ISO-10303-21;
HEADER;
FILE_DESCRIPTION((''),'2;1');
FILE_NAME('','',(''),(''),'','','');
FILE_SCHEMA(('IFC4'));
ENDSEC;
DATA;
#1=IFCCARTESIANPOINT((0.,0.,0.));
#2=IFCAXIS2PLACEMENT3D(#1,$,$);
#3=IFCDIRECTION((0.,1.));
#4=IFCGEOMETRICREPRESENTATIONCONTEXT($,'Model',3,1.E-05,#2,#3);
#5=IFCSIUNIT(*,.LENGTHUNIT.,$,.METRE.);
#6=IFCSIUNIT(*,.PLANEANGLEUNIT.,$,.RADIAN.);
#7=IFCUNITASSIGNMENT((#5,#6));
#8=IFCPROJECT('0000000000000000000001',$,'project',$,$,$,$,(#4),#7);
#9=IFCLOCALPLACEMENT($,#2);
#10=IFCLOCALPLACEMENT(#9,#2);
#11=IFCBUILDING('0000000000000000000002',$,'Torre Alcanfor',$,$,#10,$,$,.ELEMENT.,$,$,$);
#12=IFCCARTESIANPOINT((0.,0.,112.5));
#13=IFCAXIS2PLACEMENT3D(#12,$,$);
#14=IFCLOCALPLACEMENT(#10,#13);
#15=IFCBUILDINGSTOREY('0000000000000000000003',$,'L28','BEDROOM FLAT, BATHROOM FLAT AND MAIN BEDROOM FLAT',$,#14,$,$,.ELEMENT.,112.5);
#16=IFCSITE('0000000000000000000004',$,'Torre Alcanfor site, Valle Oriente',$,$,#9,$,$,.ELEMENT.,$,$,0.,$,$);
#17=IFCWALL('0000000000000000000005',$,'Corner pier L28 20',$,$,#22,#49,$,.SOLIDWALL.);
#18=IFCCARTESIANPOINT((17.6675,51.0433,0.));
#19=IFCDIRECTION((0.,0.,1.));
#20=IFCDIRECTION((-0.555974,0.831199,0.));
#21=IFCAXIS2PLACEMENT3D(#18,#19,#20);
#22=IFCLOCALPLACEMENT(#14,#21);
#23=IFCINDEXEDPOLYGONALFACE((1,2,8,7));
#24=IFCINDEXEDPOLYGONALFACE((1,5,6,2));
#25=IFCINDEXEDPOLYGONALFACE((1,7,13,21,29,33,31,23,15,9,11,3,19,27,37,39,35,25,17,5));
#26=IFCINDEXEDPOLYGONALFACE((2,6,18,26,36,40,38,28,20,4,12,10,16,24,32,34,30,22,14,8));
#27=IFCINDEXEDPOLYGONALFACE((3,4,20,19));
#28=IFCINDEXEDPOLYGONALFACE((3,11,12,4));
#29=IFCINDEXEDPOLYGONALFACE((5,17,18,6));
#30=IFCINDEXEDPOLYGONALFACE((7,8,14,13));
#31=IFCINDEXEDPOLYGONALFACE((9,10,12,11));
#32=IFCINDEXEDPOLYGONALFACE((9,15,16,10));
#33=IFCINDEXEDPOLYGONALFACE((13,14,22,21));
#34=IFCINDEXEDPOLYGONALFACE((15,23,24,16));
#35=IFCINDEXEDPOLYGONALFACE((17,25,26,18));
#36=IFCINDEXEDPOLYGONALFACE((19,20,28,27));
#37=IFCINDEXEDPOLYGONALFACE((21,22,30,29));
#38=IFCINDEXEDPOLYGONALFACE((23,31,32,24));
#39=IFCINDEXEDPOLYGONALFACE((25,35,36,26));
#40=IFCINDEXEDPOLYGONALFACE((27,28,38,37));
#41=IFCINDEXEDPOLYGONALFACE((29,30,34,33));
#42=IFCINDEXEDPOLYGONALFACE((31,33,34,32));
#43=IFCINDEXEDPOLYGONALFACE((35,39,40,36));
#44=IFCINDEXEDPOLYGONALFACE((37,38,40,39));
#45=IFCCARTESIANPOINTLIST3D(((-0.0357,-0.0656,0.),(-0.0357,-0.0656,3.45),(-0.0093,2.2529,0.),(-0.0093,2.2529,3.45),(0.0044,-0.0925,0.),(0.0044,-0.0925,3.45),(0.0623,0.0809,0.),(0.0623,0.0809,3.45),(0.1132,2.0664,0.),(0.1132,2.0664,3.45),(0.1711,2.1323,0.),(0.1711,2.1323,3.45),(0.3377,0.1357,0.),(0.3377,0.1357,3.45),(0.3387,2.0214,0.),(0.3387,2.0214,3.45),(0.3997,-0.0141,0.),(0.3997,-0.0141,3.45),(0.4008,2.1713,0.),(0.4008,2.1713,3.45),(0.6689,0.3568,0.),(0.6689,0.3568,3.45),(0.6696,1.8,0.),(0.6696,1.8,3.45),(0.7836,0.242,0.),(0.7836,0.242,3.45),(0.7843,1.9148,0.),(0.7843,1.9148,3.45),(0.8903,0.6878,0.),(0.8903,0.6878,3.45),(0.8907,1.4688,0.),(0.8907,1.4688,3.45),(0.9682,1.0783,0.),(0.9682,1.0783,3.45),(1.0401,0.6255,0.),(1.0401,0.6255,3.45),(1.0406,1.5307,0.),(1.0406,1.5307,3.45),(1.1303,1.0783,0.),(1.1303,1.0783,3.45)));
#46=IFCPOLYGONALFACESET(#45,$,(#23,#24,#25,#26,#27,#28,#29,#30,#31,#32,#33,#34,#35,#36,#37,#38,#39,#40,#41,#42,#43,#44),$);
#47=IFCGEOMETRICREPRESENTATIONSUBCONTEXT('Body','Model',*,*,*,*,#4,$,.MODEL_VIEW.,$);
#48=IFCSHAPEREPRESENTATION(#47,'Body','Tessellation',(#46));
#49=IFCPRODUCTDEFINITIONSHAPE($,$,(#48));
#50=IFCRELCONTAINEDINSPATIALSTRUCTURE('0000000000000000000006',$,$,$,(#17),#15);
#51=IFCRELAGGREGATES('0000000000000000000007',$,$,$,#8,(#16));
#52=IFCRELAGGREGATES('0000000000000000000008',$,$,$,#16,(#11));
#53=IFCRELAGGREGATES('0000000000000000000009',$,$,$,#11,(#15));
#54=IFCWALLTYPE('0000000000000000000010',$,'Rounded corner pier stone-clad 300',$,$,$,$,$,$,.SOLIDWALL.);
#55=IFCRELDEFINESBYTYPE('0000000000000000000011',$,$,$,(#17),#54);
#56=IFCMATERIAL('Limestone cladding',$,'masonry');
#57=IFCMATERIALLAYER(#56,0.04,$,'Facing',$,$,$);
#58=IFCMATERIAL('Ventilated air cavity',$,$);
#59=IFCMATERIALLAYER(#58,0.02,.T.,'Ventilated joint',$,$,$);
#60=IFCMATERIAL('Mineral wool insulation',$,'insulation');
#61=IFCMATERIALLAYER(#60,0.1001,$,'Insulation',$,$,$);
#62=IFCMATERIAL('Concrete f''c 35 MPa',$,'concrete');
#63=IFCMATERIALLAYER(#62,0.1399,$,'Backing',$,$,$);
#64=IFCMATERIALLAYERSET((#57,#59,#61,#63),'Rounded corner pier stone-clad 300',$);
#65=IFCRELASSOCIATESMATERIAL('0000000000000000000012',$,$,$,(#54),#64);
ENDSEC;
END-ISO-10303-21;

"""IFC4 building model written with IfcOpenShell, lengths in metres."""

from ifc_helpers import new_model, si_unit, direction, frame, origin, place, context, subcontext, project, spatial, polyline, outline, extrude, material, layer, layer_set, type_object, element, save


model = new_model("IFC4")

# Units and contexts
model_context = context("Model", 3, precision=1e-05, world=origin(), true_north=direction((0.0, 1.0)))
body_context = subcontext(model_context, "Body", "Model", "MODEL_VIEW")
ifc_project = project(units=[si_unit("LENGTHUNIT", "METRE"), si_unit("PLANEANGLEUNIT", "RADIAN")], contexts=[model_context])

# Site, building, storey
site_placement = place(None, origin())
site = spatial("IfcSite", under=ifc_project, at=site_placement, Name="Torre Alcanfor site, Valle Oriente", CompositionType="ELEMENT", RefElevation=0.0)
building_placement = place(site_placement, origin())
building = spatial("IfcBuilding", under=site, at=building_placement, Name="Torre Alcanfor", CompositionType="ELEMENT")
storey_placement = place(building_placement, frame((0.0, 0.0, 112.5)))
storey = spatial("IfcBuildingStorey", under=building, at=storey_placement, Name="L28", Description="BEDROOM FLAT, BATHROOM FLAT AND MAIN BEDROOM FLAT", CompositionType="ELEMENT", Elevation=112.5)

# Shared definitions
ifc_material_1 = material(Name="Limestone cladding", Category="masonry")
ifc_material_2 = material(Name="Ventilated air cavity")
ifc_material_3 = material(Name="Mineral wool insulation", Category="insulation")
ifc_material_4 = material(Name="Concrete f'c 35 MPa", Category="concrete")

# Wall
ifc_layer_1 = layer(ifc_material_1, 0.04, Name="Facing")
ifc_layer_2 = layer(ifc_material_2, 0.02, ventilated=True, Name="Ventilated joint")
ifc_layer_3 = layer(ifc_material_3, 0.1001, Name="Insulation")
ifc_layer_4 = layer(ifc_material_4, 0.1399, Name="Backing")
ifc_layer_set_1 = layer_set([ifc_layer_1, ifc_layer_2, ifc_layer_3, ifc_layer_4], Name="Rounded corner pier stone-clad 300")
wall_type_1 = type_object("IfcWallType", Name="Rounded corner pier stone-clad 300", PredefinedType="SOLIDWALL", material=ifc_layer_set_1)
wall_1_placement = place(storey_placement, frame((17.6675, 51.0433, 0.0), z_axis=(0.0, 0.0, 1.0), x_axis=(-0.555974, 0.831199, 0.0)))
element("IfcWall", 1, at=wall_1_placement, inside=storey, type_object=wall_type_1, Name="Corner pier L28 20", PredefinedType="SOLIDWALL", context=body_context, shape_type="SweptSolid", body=[
    extrude(outline(polyline([(0.0044, -0.0925), (0.3997, -0.0141), (0.7836, 0.242), (1.0401, 0.6255), (1.1303, 1.0783), (1.0406, 1.5307), (0.7843, 1.9148), (0.4008, 2.1713), (-0.0093, 2.2529), (0.1711, 2.1323), (0.1132, 2.0664), (0.3387, 2.0214), (0.6696, 1.8), (0.8907, 1.4688), (0.9682, 1.0783), (0.8903, 0.6878), (0.6689, 0.3568), (0.3377, 0.1357), (0.0623, 0.0809), (-0.0357, -0.0656), (0.0044, -0.0925)])), origin(), (0.0, 0.0, 1.0), 3.45),
])

save(model, "model.ifc")
